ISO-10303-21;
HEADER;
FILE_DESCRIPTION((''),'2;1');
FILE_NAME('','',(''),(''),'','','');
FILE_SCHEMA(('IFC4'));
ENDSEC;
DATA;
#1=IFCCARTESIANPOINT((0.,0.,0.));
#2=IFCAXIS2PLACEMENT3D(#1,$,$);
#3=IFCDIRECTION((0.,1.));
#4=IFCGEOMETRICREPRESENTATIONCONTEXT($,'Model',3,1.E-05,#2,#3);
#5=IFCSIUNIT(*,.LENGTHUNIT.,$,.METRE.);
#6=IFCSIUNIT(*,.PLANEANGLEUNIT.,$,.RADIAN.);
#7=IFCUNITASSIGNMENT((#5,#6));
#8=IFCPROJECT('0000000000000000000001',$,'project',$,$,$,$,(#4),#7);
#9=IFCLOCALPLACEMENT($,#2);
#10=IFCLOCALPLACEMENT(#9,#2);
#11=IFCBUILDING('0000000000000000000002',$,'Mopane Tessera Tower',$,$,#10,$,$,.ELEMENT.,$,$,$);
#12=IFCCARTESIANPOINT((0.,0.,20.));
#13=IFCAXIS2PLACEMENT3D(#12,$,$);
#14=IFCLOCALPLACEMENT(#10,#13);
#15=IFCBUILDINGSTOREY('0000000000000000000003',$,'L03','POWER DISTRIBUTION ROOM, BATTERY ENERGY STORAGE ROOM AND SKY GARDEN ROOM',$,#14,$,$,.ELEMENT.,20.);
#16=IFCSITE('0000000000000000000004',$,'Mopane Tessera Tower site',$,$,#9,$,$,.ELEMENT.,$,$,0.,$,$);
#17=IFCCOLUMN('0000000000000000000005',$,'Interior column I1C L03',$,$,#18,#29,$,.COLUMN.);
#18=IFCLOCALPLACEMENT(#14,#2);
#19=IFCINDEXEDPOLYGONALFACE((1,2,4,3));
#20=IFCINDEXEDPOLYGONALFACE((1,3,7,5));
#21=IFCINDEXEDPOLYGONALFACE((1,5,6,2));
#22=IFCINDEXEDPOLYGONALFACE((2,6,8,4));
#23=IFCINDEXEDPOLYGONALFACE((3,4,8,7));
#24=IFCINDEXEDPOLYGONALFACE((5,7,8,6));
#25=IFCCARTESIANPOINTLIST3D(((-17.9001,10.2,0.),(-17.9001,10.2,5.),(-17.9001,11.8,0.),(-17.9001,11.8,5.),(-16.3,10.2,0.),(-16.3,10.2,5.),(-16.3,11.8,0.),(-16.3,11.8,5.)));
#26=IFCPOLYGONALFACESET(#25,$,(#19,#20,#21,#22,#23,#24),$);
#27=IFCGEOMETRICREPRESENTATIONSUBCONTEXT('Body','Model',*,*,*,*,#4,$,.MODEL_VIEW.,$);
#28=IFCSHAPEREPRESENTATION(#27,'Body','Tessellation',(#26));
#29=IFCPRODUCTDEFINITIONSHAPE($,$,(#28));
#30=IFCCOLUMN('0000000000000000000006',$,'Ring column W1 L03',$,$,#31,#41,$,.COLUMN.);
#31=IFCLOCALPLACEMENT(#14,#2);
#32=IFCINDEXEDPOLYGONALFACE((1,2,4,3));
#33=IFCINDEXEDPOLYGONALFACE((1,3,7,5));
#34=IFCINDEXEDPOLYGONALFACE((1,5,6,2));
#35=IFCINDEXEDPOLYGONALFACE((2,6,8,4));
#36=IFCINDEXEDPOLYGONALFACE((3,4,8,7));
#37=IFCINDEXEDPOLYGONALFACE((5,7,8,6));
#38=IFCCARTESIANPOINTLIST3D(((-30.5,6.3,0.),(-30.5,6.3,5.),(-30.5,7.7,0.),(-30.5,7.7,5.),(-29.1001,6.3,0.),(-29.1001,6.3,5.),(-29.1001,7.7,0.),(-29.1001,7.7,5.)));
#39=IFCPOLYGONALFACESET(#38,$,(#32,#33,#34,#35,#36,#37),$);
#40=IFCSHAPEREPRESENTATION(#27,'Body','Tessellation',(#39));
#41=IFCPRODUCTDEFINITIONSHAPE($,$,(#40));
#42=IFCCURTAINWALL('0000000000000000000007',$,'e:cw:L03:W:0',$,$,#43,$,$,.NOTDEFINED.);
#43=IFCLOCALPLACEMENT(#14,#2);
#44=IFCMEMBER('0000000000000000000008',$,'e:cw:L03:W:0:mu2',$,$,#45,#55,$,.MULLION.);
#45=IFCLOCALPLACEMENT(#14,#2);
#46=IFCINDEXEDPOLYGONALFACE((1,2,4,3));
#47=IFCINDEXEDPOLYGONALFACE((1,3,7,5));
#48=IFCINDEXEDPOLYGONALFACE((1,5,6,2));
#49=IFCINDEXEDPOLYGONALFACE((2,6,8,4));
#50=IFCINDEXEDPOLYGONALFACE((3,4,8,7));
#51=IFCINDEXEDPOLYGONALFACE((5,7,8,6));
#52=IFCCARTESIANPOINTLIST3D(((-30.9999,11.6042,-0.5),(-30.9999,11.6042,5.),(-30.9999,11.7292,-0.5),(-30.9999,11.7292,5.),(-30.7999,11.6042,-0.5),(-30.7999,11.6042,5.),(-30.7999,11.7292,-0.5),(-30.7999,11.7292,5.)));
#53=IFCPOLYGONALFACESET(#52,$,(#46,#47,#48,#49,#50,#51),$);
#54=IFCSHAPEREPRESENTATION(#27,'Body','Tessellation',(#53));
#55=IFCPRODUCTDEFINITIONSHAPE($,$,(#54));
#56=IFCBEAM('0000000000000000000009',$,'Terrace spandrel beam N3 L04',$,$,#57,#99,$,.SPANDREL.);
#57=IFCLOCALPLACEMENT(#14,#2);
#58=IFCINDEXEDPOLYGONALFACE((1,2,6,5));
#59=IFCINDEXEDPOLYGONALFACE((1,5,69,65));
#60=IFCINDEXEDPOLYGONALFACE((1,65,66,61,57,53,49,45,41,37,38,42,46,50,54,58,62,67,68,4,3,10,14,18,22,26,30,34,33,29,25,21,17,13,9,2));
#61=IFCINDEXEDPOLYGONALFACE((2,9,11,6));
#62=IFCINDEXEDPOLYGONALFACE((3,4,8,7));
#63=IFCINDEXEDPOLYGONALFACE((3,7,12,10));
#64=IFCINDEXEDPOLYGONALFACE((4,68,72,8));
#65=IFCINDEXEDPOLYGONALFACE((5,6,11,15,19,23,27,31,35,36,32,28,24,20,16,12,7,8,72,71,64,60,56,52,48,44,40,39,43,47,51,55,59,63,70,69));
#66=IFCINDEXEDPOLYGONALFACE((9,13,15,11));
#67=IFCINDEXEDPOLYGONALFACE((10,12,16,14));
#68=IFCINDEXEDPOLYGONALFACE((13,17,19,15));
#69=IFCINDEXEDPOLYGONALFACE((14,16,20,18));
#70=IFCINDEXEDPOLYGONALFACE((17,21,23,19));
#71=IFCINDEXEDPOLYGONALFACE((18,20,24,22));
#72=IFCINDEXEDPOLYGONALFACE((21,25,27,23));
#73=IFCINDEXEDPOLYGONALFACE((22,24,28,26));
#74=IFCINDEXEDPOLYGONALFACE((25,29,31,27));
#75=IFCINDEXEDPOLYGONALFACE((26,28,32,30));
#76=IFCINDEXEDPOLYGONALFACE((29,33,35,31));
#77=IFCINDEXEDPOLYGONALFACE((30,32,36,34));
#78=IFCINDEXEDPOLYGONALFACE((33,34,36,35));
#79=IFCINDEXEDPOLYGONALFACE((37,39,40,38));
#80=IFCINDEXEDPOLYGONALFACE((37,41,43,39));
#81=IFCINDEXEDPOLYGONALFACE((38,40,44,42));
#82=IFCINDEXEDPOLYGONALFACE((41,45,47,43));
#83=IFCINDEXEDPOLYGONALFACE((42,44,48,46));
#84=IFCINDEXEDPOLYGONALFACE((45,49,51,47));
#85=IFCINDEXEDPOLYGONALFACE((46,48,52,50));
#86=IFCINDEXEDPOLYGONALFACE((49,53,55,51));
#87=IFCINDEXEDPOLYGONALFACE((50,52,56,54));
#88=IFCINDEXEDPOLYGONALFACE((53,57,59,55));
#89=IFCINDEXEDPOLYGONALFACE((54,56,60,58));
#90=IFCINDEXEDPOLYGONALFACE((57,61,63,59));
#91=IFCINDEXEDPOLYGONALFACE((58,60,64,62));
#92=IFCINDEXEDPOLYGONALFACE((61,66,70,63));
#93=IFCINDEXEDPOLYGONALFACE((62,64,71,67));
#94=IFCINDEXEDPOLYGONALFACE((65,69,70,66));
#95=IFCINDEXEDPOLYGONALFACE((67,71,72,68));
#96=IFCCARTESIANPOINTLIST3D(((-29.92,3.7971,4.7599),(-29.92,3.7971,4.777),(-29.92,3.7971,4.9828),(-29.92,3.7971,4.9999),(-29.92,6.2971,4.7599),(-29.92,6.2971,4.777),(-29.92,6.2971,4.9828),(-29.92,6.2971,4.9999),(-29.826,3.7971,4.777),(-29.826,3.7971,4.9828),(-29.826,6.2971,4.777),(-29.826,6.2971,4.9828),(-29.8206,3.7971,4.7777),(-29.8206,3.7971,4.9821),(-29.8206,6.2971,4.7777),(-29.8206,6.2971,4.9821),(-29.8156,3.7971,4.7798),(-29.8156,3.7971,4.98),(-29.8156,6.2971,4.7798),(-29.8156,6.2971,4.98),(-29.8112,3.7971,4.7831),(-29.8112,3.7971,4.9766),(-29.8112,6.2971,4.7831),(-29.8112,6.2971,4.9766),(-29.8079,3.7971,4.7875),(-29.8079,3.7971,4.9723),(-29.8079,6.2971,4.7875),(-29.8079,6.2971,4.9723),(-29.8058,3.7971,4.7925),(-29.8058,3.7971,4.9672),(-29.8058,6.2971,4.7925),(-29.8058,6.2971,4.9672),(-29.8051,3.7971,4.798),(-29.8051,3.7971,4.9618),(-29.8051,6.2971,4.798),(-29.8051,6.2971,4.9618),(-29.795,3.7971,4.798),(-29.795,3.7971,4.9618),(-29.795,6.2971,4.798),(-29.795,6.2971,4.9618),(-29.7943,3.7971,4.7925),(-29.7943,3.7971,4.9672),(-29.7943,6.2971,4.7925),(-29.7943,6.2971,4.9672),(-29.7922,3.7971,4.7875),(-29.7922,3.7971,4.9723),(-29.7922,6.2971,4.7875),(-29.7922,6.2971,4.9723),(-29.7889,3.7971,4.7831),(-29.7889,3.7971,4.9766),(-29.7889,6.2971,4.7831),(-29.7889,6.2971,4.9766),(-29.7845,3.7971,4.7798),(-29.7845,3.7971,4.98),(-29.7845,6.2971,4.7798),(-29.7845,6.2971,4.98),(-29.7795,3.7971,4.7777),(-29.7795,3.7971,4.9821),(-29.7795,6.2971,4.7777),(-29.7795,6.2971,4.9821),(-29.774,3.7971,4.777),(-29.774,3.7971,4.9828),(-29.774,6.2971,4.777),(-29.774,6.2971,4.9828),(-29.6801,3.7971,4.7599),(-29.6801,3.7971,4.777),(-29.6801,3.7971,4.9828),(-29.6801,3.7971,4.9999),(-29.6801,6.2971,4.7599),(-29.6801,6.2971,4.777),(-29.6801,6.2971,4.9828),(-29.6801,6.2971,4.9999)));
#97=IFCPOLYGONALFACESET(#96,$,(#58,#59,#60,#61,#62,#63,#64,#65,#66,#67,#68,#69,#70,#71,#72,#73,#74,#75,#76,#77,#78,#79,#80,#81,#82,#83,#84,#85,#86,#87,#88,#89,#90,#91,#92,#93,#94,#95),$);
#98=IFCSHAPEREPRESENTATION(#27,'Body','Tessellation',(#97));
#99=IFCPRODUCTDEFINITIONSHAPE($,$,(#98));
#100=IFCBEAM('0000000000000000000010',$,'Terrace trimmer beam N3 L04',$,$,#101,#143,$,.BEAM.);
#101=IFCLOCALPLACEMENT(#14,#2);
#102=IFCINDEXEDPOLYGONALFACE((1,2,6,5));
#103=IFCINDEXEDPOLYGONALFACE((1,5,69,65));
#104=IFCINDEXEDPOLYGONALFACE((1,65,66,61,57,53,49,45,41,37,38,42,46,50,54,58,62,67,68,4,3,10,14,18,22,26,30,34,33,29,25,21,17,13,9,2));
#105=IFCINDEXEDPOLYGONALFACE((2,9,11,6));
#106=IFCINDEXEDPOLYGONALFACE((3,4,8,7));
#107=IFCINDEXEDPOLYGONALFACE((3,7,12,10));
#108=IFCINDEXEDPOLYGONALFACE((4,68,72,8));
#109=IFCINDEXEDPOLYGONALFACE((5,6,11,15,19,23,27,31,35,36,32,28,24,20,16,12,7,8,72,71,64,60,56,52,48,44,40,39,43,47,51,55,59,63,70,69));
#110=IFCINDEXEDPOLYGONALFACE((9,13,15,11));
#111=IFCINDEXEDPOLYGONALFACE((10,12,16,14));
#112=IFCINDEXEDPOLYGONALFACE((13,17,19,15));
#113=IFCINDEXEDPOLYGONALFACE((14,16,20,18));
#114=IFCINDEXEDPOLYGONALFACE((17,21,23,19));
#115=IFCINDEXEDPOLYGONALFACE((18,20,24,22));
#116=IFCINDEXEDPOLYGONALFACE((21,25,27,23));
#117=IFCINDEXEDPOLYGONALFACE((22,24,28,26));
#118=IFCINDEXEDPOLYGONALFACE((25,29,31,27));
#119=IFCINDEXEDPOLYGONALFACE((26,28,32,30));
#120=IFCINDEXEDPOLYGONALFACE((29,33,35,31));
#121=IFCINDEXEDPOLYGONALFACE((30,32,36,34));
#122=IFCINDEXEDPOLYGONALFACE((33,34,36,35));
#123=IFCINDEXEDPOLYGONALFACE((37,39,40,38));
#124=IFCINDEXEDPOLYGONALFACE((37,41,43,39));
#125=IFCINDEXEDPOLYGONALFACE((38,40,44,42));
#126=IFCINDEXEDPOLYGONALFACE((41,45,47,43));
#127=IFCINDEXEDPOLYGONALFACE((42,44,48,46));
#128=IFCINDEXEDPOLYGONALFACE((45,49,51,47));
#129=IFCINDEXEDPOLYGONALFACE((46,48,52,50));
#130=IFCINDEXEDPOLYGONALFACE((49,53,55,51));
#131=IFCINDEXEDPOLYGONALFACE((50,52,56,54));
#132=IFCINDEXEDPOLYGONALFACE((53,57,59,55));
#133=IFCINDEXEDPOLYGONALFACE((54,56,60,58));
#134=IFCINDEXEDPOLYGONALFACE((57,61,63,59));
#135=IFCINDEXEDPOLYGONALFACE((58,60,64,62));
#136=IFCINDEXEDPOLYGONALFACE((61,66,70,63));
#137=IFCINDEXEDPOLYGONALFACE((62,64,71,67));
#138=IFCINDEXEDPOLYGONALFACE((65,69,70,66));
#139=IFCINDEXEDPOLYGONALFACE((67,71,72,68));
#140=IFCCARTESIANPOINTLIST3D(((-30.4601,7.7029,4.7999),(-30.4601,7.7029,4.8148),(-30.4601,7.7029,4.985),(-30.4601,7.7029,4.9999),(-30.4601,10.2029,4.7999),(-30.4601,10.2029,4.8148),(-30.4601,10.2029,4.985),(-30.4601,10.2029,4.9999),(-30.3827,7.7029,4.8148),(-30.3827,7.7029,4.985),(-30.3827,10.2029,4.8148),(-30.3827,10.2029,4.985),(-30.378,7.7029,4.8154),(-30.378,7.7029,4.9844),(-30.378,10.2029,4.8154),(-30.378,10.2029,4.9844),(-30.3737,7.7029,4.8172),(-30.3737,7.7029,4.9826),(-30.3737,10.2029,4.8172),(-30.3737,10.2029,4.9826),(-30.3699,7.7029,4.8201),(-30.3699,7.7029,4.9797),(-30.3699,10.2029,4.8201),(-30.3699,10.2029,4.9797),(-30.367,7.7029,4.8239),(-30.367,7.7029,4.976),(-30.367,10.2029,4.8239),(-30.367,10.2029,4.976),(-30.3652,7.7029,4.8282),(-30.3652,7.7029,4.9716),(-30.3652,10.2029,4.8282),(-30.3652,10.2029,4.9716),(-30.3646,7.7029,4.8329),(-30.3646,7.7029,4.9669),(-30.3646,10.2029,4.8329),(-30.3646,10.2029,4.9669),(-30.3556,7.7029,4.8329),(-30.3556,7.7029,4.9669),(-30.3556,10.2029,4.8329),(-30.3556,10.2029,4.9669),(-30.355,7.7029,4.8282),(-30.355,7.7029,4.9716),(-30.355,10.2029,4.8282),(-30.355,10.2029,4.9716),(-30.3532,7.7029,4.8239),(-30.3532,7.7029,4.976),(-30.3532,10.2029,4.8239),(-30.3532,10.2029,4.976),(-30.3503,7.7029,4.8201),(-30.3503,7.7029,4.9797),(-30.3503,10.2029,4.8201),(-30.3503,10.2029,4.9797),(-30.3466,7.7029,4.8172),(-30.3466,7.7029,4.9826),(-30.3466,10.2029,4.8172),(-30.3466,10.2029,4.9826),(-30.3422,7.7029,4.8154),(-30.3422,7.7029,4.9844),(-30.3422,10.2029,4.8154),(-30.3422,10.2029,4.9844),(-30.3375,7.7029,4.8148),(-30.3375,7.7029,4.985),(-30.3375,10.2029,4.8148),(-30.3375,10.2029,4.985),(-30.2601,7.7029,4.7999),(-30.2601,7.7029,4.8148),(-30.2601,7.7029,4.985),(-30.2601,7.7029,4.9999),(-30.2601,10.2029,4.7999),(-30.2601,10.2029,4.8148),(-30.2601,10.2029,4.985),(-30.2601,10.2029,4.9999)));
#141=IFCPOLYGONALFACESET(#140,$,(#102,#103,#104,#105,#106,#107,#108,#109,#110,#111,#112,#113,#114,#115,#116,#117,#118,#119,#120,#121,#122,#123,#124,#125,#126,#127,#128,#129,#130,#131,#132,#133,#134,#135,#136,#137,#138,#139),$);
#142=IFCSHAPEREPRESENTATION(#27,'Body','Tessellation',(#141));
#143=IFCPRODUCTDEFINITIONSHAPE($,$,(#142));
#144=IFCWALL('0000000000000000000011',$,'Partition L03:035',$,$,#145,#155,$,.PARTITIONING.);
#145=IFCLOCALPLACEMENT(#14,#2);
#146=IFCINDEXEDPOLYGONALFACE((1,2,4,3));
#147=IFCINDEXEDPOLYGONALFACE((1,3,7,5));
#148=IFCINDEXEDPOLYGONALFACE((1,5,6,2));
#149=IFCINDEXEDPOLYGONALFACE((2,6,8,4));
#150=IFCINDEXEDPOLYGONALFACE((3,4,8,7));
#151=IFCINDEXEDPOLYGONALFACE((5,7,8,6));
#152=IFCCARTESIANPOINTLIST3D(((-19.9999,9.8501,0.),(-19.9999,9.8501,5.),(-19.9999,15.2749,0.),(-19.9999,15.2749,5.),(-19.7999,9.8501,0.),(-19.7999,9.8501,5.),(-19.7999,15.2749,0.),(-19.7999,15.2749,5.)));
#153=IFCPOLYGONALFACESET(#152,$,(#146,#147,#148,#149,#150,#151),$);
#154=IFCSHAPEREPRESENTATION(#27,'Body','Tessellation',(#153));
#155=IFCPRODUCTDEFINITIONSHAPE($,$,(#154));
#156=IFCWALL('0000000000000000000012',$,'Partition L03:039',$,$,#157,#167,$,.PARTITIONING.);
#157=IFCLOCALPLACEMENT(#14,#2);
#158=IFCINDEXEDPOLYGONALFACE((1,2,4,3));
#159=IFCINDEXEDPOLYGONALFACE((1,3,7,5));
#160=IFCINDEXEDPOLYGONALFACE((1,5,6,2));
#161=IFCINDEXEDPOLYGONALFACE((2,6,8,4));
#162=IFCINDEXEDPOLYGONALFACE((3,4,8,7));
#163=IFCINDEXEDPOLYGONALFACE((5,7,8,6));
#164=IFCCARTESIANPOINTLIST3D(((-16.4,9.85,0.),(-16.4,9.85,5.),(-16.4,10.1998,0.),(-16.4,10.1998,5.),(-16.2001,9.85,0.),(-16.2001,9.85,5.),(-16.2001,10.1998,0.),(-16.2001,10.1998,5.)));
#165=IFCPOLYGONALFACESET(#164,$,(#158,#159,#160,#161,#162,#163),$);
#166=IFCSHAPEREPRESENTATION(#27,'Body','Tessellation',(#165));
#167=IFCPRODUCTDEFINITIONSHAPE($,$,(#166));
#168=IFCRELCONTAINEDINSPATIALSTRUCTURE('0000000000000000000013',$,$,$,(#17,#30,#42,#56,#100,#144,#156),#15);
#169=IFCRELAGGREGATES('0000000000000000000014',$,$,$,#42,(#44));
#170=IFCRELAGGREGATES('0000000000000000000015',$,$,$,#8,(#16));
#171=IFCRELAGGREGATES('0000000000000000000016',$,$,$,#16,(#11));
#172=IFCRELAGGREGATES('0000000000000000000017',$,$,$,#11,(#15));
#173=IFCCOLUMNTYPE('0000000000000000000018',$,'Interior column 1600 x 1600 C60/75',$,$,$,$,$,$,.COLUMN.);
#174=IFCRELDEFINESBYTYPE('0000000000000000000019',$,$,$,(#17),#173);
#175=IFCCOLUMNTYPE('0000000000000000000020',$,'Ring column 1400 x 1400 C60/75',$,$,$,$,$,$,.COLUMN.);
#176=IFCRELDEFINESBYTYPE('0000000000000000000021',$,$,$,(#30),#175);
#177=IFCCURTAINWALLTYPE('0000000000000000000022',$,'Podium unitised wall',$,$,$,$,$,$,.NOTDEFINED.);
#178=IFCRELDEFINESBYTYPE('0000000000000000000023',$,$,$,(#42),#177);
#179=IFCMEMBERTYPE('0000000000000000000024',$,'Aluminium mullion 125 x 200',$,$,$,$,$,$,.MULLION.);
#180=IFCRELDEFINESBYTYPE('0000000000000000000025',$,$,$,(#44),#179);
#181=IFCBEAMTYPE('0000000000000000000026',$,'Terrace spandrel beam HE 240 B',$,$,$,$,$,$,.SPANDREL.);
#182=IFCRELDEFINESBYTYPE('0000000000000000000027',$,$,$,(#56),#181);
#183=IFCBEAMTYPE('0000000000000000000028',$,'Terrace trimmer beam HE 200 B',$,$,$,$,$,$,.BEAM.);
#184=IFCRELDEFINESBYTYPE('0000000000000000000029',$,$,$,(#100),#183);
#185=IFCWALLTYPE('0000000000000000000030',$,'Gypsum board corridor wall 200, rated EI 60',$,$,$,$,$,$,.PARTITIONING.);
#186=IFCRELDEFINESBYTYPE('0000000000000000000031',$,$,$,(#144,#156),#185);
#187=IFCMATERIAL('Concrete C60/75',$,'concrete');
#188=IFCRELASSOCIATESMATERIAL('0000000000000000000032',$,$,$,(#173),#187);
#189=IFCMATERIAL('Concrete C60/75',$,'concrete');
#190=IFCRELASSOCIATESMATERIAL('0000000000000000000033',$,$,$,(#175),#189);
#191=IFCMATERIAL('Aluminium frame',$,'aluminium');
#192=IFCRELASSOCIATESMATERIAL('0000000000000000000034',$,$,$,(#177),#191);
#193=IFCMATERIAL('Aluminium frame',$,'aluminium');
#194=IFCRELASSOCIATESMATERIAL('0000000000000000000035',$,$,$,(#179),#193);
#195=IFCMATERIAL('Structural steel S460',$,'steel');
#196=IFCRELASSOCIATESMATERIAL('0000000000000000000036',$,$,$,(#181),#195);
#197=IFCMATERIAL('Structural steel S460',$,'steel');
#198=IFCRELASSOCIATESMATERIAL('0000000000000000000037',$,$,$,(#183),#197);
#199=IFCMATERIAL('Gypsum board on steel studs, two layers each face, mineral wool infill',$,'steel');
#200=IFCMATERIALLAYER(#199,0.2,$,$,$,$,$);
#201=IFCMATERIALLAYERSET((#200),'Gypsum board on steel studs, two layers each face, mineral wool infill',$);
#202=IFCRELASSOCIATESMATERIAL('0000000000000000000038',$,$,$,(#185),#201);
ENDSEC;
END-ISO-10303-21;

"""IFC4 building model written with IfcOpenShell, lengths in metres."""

from ifc_helpers import new_model, si_unit, direction, frame, frame_2d, origin, origin_2d, place, context, subcontext, project, spatial, rectangle, i_section, extrude, material, layer, layer_set, material_profile, profile_set, type_object, element, aggregate, save


model = new_model("IFC4")

# Units and contexts
model_context = context("Model", 3, precision=1e-05, world=origin(), true_north=direction((0.0, 1.0)))
body_context = subcontext(model_context, "Body", "Model", "MODEL_VIEW")
ifc_project = project(units=[si_unit("LENGTHUNIT", "METRE"), si_unit("PLANEANGLEUNIT", "RADIAN")], contexts=[model_context])

# Site, building, storey
site_placement = place(None, origin())
site = spatial("IfcSite", under=ifc_project, at=site_placement, Name="Mopane Tessera Tower site", CompositionType="ELEMENT", RefElevation=0.0)
building_placement = place(site_placement, origin())
building = spatial("IfcBuilding", under=site, at=building_placement, Name="Mopane Tessera Tower", CompositionType="ELEMENT")
storey_placement = place(building_placement, frame((0.0, 0.0, 20.0)))
storey = spatial("IfcBuildingStorey", under=building, at=storey_placement, Name="L03", Description="POWER DISTRIBUTION ROOM, BATTERY ENERGY STORAGE ROOM AND SKY GARDEN ROOM", CompositionType="ELEMENT", Elevation=20.0)

# Columns
ifc_material_1 = material(Name="Concrete C60/75", Category="concrete")
ifc_material_profile_1 = material_profile(ifc_material_1, rectangle(XDim=1.6001, YDim=1.6001, at=origin_2d()))
ifc_profile_set_1 = profile_set([ifc_material_profile_1], Name="Concrete C60/75")
column_type_1 = type_object("IfcColumnType", Name="Interior column 1600 x 1600 C60/75", PredefinedType="COLUMN", material=ifc_profile_set_1)
column_1_placement = place(storey_placement, frame((-17.1001, 11.0, 0.0), z_axis=(0.0, 0.0, 1.0), x_axis=(1.0, 0.0, 0.0)))
element("IfcColumn", 1, at=column_1_placement, inside=storey, type_object=column_type_1, Name="Interior column I1C L03", PredefinedType="COLUMN", context=body_context, shape_type="SweptSolid", body=[
    extrude(rectangle(XDim=1.6001, YDim=1.6001, at=origin_2d()), origin(), (0.0, 0.0, 1.0), 5.0),
])
ifc_material_2 = material(Name="Concrete C60/75", Category="concrete")
ifc_material_profile_2 = material_profile(ifc_material_2, rectangle(XDim=1.3999, YDim=1.3999, at=origin_2d()))
ifc_profile_set_2 = profile_set([ifc_material_profile_2], Name="Concrete C60/75")
column_type_2 = type_object("IfcColumnType", Name="Ring column 1400 x 1400 C60/75", PredefinedType="COLUMN", material=ifc_profile_set_2)
column_2_placement = place(storey_placement, frame((-29.8, 7.0, 0.0), z_axis=(0.0, 0.0, 1.0), x_axis=(1.0, 0.0, 0.0)))
element("IfcColumn", 2, at=column_2_placement, inside=storey, type_object=column_type_2, Name="Ring column W1 L03", PredefinedType="COLUMN", context=body_context, shape_type="SweptSolid", body=[
    extrude(rectangle(XDim=1.3999, YDim=1.3999, at=origin_2d()), origin(), (0.0, 0.0, 1.0), 5.0),
])

# Curtain wall, member
ifc_material_3 = material(Name="Aluminium frame", Category="aluminium")
curtain_wall_type = type_object("IfcCurtainWallType", Name="Podium unitised wall", PredefinedType="NOTDEFINED", material=ifc_material_3)
curtain_wall_placement = place(storey_placement, origin())
curtain_wall = element("IfcCurtainWall", 3, at=curtain_wall_placement, inside=storey, type_object=curtain_wall_type, Name="e:cw:L03:W:0", PredefinedType="NOTDEFINED")
ifc_material_4 = material(Name="Aluminium frame", Category="aluminium")
ifc_material_profile_3 = material_profile(ifc_material_4, rectangle(XDim=0.125, YDim=0.2, at=origin_2d()))
ifc_profile_set_3 = profile_set([ifc_material_profile_3], Name="Aluminium frame")
member_type = type_object("IfcMemberType", Name="Aluminium mullion 125 x 200", PredefinedType="MULLION", material=ifc_profile_set_3)
member_placement = place(storey_placement, frame((-30.8999, 11.6667, -0.5), z_axis=(0.0, 0.0, 1.0), x_axis=(0.0, -1.0, 0.0)))
member = element("IfcMember", 4, at=member_placement, type_object=member_type, Name="e:cw:L03:W:0:mu2", PredefinedType="MULLION", context=body_context, shape_type="SweptSolid", body=[
    extrude(rectangle(XDim=0.125, YDim=0.2, at=origin_2d()), origin(), (0.0, 0.0, 1.0), 5.5),
])
aggregate(curtain_wall, [member])

# Beams
ifc_material_5 = material(Name="Structural steel S460", Category="steel")
ifc_material_profile_4 = material_profile(ifc_material_5, i_section(OverallWidth=0.24, OverallDepth=0.24, WebThickness=0.01, FlangeThickness=0.0171, FilletRadius=0.021, at=origin_2d()))
ifc_profile_set_4 = profile_set([ifc_material_profile_4], Name="Structural steel S460")
beam_type_1 = type_object("IfcBeamType", Name="Terrace spandrel beam HE 240 B", PredefinedType="SPANDREL", material=ifc_profile_set_4)
beam_1_placement = place(storey_placement, frame((-29.8, 6.2971, 4.8799), z_axis=(0.0, -1.0, 0.0), x_axis=(1.0, 0.0, 0.0)))
element("IfcBeam", 5, at=beam_1_placement, inside=storey, type_object=beam_type_1, Name="Terrace spandrel beam N3 L04", PredefinedType="SPANDREL", context=body_context, shape_type="SweptSolid", body=[
    extrude(i_section(OverallWidth=0.24, OverallDepth=0.24, WebThickness=0.01, FlangeThickness=0.0171, FilletRadius=0.021, at=origin_2d()), origin(), (0.0, 0.0, 1.0), 2.5),
])
ifc_material_6 = material(Name="Structural steel S460", Category="steel")
ifc_material_profile_5 = material_profile(ifc_material_6, i_section(OverallWidth=0.2, OverallDepth=0.2, WebThickness=0.009, FlangeThickness=0.0149, FilletRadius=0.0181, at=origin_2d()))
ifc_profile_set_5 = profile_set([ifc_material_profile_5], Name="Structural steel S460")
beam_type_2 = type_object("IfcBeamType", Name="Terrace trimmer beam HE 200 B", PredefinedType="BEAM", material=ifc_profile_set_5)
beam_2_placement = place(storey_placement, frame((-30.3601, 7.7029, 4.8999), z_axis=(0.0, 1.0, 0.0), x_axis=(-1.0, 0.0, 0.0)))
element("IfcBeam", 6, at=beam_2_placement, inside=storey, type_object=beam_type_2, Name="Terrace trimmer beam N3 L04", PredefinedType="BEAM", context=body_context, shape_type="SweptSolid", body=[
    extrude(i_section(OverallWidth=0.2, OverallDepth=0.2, WebThickness=0.009, FlangeThickness=0.0149, FilletRadius=0.0181, at=origin_2d()), origin(), (0.0, 0.0, 1.0), 2.5),
])

# Walls
ifc_material_7 = material(Name="Gypsum board on steel studs, two layers each face, mineral wool infill", Category="steel")
ifc_layer_1 = layer(ifc_material_7, 0.2)
ifc_layer_set_1 = layer_set([ifc_layer_1], Name="Gypsum board on steel studs, two layers each face, mineral wool infill")
wall_type_1 = type_object("IfcWallType", Name="Gypsum board corridor wall 200, rated EI 60", PredefinedType="PARTITIONING", material=ifc_layer_set_1)
wall_1_placement = place(storey_placement, frame((-19.8999, 9.8501, 0.0), z_axis=(0.0, 0.0, 1.0), x_axis=(0.0, 1.0, 0.0)))
element("IfcWall", 7, at=wall_1_placement, inside=storey, type_object=wall_type_1, Name="Partition L03:035", PredefinedType="PARTITIONING", context=body_context, shape_type="SweptSolid", body=[
    extrude(rectangle(XDim=5.4248, YDim=0.2, at=frame_2d((2.7124, 0.0))), origin(), (0.0, 0.0, 1.0), 5.0),
])
wall_2_placement = place(storey_placement, frame((-16.3, 9.8501, 0.0), z_axis=(0.0, 0.0, 1.0), x_axis=(0.0, 1.0, 0.0)))
element("IfcWall", 8, at=wall_2_placement, inside=storey, type_object=wall_type_1, Name="Partition L03:039", PredefinedType="PARTITIONING", context=body_context, shape_type="SweptSolid", body=[
    extrude(rectangle(XDim=0.3499, YDim=0.2, at=frame_2d((0.1748, 0.0))), origin(), (0.0, 0.0, 1.0), 5.0),
])

save(model, "model.ifc")
